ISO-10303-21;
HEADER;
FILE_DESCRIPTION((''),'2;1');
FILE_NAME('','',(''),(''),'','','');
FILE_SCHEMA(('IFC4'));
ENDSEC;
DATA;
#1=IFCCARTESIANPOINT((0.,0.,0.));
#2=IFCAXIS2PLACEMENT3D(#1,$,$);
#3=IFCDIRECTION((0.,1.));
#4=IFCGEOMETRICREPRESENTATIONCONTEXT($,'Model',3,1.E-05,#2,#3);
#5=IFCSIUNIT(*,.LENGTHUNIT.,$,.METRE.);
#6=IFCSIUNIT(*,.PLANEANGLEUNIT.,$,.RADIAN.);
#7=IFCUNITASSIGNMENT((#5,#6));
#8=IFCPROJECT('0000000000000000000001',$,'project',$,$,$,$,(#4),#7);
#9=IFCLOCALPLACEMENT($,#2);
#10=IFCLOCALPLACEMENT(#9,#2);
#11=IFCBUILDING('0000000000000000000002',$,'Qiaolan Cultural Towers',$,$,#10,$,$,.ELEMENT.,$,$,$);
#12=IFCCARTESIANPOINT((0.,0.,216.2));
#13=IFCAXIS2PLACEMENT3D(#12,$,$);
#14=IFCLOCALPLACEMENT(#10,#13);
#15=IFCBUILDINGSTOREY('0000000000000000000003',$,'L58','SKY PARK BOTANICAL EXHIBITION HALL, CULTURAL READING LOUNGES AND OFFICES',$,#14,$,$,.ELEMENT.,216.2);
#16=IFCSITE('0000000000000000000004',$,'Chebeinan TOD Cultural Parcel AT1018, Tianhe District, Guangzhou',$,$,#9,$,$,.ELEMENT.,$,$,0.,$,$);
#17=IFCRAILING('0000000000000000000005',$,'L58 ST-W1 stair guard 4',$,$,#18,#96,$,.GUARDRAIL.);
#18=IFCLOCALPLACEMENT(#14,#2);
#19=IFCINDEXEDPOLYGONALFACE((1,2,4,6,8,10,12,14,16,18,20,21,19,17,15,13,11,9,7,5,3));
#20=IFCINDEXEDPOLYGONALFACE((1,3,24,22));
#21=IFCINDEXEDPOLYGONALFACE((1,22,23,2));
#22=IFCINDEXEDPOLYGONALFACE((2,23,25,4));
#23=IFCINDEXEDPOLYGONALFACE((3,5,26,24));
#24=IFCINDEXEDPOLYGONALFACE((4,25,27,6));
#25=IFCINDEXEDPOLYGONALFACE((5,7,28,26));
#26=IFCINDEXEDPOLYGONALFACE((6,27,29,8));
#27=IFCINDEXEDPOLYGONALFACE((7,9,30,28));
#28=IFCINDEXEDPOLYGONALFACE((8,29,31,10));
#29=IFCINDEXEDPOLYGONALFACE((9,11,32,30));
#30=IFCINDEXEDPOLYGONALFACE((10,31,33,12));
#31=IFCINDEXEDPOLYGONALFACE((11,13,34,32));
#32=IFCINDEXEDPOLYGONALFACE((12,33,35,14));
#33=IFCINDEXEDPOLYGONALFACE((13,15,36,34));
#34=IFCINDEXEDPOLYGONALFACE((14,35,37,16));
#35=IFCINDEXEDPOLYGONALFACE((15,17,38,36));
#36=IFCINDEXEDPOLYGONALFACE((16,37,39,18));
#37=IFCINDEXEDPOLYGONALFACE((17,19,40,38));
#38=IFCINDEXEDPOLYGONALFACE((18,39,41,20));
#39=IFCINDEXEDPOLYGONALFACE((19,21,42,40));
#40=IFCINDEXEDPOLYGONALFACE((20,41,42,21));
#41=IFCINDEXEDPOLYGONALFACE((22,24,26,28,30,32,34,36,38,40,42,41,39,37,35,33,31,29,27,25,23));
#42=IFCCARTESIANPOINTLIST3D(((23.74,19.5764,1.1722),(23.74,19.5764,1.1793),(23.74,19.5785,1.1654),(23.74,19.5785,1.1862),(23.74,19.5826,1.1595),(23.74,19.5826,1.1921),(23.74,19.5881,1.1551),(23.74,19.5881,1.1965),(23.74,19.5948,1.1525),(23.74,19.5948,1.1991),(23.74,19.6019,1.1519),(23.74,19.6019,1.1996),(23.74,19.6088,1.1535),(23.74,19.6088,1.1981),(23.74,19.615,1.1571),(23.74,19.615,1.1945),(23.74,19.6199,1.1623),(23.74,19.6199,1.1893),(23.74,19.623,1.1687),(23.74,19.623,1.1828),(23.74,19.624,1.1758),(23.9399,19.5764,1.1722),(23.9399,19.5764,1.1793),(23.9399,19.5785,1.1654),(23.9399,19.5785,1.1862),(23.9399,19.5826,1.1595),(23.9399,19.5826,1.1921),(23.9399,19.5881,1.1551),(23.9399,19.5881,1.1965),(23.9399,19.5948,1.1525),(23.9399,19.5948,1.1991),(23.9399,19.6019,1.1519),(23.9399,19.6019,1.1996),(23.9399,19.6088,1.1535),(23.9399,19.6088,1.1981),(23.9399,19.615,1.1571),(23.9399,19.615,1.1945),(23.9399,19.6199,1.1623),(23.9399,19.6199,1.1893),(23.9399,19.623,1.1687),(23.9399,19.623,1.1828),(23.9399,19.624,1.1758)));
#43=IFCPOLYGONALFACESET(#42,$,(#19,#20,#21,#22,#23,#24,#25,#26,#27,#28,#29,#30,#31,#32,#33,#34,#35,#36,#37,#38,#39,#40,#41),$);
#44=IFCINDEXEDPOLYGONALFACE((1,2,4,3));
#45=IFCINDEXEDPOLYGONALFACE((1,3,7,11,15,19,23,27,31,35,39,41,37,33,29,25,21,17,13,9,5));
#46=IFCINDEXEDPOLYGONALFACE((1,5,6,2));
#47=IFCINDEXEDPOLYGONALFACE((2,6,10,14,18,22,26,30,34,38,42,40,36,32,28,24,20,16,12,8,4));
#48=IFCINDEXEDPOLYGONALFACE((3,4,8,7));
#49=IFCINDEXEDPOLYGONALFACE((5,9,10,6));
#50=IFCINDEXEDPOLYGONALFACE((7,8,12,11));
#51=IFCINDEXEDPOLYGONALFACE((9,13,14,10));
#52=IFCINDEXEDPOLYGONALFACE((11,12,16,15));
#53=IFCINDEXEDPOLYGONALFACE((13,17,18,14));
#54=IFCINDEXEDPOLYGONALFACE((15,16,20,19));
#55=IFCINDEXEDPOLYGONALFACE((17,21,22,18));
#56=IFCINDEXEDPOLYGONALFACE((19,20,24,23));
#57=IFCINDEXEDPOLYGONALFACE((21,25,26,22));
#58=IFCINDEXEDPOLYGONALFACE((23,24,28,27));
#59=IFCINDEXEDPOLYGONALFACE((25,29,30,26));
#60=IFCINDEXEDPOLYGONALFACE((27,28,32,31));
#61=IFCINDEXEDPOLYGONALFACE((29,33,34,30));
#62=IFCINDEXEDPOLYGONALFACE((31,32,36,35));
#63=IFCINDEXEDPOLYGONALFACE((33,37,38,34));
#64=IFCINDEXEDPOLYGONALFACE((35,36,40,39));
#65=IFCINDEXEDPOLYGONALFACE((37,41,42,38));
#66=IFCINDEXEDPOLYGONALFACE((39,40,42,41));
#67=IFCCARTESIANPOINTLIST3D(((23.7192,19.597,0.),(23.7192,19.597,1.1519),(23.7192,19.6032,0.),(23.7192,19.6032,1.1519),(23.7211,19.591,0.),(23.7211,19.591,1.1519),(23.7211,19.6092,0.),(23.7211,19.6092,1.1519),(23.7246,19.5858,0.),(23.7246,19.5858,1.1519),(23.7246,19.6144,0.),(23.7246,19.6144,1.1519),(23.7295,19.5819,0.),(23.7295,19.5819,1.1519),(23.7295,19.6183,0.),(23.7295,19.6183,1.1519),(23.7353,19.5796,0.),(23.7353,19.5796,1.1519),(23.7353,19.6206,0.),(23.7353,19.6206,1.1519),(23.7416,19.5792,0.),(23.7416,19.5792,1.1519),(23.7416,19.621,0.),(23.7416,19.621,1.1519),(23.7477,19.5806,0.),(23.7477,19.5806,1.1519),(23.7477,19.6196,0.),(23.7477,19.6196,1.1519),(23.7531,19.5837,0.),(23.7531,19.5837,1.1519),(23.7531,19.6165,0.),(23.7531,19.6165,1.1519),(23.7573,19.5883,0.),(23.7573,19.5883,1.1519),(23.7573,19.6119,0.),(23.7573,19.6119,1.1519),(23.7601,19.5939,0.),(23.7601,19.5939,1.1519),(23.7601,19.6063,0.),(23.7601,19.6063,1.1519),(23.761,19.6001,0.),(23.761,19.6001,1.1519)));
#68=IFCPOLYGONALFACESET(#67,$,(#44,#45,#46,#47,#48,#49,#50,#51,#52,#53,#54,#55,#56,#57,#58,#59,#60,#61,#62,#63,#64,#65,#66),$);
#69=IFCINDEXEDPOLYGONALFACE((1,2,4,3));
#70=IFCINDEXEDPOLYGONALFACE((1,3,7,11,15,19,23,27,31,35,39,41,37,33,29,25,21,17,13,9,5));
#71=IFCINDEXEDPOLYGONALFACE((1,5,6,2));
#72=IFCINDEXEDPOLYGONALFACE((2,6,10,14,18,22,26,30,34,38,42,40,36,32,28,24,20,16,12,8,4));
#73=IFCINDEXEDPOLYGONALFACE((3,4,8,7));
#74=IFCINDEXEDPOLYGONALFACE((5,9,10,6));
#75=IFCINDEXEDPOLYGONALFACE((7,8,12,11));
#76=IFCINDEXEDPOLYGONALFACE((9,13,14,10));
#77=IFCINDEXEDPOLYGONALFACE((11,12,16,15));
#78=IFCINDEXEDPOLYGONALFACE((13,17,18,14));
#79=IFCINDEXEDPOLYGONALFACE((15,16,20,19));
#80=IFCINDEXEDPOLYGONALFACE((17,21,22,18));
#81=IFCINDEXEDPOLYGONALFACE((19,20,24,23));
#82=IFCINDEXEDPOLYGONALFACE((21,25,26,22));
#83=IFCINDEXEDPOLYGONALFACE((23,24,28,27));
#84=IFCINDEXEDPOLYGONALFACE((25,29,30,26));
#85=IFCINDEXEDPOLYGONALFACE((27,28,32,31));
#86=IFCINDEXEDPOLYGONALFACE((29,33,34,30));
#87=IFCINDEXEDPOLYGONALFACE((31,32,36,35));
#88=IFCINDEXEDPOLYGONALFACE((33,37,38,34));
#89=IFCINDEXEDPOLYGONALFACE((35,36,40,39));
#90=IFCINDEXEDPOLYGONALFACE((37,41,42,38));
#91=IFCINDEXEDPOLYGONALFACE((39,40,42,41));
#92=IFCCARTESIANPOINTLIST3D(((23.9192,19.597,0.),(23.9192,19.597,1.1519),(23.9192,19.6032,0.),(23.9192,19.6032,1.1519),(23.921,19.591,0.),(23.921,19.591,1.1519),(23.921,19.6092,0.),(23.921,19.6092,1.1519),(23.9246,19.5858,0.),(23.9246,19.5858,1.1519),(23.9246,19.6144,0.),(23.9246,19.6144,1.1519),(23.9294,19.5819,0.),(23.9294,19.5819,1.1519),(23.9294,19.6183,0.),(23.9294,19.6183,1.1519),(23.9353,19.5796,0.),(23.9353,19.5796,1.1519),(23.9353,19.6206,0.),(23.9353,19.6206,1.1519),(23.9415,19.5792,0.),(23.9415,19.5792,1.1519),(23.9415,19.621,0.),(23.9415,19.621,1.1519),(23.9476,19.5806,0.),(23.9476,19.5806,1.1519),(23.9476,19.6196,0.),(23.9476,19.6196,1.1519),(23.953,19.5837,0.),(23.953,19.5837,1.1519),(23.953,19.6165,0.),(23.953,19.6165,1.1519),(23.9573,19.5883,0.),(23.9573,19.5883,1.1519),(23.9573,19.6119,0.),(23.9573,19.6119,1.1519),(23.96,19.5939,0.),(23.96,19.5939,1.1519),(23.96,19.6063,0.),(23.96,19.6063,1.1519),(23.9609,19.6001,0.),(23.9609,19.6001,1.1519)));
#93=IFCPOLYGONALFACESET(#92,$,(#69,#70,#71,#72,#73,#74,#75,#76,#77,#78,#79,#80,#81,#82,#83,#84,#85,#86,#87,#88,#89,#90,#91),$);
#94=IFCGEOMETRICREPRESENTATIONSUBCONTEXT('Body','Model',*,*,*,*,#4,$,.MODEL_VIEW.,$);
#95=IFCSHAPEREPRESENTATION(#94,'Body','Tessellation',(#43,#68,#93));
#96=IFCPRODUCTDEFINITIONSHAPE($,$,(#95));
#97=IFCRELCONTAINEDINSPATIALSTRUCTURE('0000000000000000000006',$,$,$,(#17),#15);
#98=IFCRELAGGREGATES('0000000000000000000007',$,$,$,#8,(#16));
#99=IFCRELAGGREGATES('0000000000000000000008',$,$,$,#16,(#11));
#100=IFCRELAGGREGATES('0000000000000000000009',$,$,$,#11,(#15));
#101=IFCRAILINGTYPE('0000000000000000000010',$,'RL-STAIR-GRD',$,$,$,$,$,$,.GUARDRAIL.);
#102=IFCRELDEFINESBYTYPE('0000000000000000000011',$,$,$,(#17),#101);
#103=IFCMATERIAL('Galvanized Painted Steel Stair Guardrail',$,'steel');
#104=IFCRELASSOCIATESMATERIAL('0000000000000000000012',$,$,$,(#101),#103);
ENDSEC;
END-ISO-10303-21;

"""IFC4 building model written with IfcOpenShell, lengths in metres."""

from ifc_helpers import new_model, si_unit, direction, frame, origin, origin_2d, place, context, subcontext, project, spatial, circle, extrude, material, type_object, element, save


model = new_model("IFC4")

# Units and contexts
model_context = context("Model", 3, precision=1e-05, world=origin(), true_north=direction((0.0, 1.0)))
body_context = subcontext(model_context, "Body", "Model", "MODEL_VIEW")
ifc_project = project(units=[si_unit("LENGTHUNIT", "METRE"), si_unit("PLANEANGLEUNIT", "RADIAN")], contexts=[model_context])

# Site, building, storey
site_placement = place(None, origin())
site = spatial("IfcSite", under=ifc_project, at=site_placement, Name="Chebeinan TOD Cultural Parcel AT1018, Tianhe District, Guangzhou", CompositionType="ELEMENT", RefElevation=0.0)
building_placement = place(site_placement, origin())
building = spatial("IfcBuilding", under=site, at=building_placement, Name="Qiaolan Cultural Towers", CompositionType="ELEMENT")
storey_placement = place(building_placement, frame((0.0, 0.0, 216.2)))
storey = spatial("IfcBuildingStorey", under=building, at=storey_placement, Name="L58", Description="SKY PARK BOTANICAL EXHIBITION HALL, CULTURAL READING LOUNGES AND OFFICES", CompositionType="ELEMENT", Elevation=216.2)

# Railing
ifc_material_1 = material(Name="Galvanized Painted Steel Stair Guardrail", Category="steel")
railing_type_1 = type_object("IfcRailingType", Name="RL-STAIR-GRD", PredefinedType="GUARDRAIL", material=ifc_material_1)
railing_1_placement = place(storey_placement, frame((23.74, 19.6001, 0.0)))
element("IfcRailing", 1, at=railing_1_placement, inside=storey, type_object=railing_type_1, Name="L58 ST-W1 stair guard 4", PredefinedType="GUARDRAIL", context=body_context, shape_type="SweptSolid", body=[
    extrude(circle(Radius=0.0239, at=origin_2d()), frame((0.0, 0.0, 1.1758), z_axis=(1.0, 0.0, 0.0), x_axis=(0.0, 1.0, 0.0)), (0.0, 0.0, 1.0), 0.2),
    extrude(circle(Radius=0.021, at=origin_2d()), origin(), (0.0, 0.0, 1.0), 1.1519),
    extrude(circle(Radius=0.021, at=origin_2d()), frame((0.2, 0.0, 0.0)), (0.0, 0.0, 1.0), 1.1519),
])

save(model, "model.ifc")
